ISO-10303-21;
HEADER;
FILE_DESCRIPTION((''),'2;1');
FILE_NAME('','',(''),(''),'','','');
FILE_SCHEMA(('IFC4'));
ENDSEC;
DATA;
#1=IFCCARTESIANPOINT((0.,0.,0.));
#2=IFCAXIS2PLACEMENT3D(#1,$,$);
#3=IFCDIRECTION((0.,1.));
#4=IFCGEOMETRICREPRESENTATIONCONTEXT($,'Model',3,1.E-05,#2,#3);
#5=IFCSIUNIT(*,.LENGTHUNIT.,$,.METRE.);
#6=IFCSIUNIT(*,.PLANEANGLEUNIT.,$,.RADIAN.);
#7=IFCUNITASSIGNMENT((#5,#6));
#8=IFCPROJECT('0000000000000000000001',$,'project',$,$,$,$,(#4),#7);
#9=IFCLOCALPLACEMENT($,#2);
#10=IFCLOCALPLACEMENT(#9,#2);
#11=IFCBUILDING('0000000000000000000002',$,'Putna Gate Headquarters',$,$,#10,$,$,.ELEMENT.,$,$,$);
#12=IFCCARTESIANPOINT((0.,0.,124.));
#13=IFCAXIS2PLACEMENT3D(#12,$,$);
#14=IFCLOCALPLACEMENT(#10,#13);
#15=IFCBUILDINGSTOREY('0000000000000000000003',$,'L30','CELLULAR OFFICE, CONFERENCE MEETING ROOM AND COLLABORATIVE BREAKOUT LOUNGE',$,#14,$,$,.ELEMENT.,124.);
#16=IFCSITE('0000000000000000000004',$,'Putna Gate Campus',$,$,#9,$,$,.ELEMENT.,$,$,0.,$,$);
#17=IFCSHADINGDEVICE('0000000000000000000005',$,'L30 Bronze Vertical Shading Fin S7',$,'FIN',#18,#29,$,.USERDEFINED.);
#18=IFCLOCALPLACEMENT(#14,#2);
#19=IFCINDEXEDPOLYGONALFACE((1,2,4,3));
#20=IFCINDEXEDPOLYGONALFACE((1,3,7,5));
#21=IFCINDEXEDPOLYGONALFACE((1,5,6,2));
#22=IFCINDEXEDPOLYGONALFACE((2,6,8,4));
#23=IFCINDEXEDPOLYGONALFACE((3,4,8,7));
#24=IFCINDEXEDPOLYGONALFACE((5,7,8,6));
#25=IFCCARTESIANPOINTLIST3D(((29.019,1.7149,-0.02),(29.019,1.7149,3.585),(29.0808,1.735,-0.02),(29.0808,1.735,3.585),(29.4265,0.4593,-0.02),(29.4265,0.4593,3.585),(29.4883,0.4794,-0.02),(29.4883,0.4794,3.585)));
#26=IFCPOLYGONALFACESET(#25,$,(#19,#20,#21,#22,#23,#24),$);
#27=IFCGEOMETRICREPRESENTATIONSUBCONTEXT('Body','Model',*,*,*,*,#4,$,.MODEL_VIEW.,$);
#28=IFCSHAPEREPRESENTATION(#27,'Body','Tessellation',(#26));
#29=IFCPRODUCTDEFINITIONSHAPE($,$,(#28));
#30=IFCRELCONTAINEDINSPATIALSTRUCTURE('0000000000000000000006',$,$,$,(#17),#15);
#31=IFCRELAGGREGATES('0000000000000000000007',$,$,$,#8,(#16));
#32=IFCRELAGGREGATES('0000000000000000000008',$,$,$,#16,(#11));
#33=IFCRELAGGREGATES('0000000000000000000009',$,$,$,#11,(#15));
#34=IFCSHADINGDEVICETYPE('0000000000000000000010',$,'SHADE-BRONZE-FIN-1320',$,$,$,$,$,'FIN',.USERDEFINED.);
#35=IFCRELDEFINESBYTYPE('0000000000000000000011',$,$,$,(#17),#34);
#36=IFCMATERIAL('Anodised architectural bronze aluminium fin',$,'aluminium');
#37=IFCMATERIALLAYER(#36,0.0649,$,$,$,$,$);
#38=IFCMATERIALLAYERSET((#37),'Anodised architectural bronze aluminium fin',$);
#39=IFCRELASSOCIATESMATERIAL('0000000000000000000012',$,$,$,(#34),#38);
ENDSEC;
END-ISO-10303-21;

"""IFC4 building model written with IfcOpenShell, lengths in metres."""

from ifc_helpers import new_model, si_unit, direction, frame, origin, origin_2d, place, context, subcontext, project, spatial, rectangle, extrude, material, layer, layer_set, type_object, element, save


model = new_model("IFC4")

# Units and contexts
model_context = context("Model", 3, precision=1e-05, world=origin(), true_north=direction((0.0, 1.0)))
body_context = subcontext(model_context, "Body", "Model", "MODEL_VIEW")
ifc_project = project(units=[si_unit("LENGTHUNIT", "METRE"), si_unit("PLANEANGLEUNIT", "RADIAN")], contexts=[model_context])

# Site, building, storey
site_placement = place(None, origin())
site = spatial("IfcSite", under=ifc_project, at=site_placement, Name="Putna Gate Campus", CompositionType="ELEMENT", RefElevation=0.0)
building_placement = place(site_placement, origin())
building = spatial("IfcBuilding", under=site, at=building_placement, Name="Putna Gate Headquarters", CompositionType="ELEMENT")
storey_placement = place(building_placement, frame((0.0, 0.0, 124.0)))
storey = spatial("IfcBuildingStorey", under=building, at=storey_placement, Name="L30", Description="CELLULAR OFFICE, CONFERENCE MEETING ROOM AND COLLABORATIVE BREAKOUT LOUNGE", CompositionType="ELEMENT", Elevation=124.0)

# Shading device
ifc_material_1 = material(Name="Anodised architectural bronze aluminium fin", Category="aluminium")
ifc_layer_1 = layer(ifc_material_1, 0.0649)
ifc_layer_set_1 = layer_set([ifc_layer_1], Name="Anodised architectural bronze aluminium fin")
shading_device_type = type_object("IfcShadingDeviceType", Name="SHADE-BRONZE-FIN-1320", ElementType="FIN", PredefinedType="USERDEFINED", material=ifc_layer_set_1)
for number, where, z_axis, x_axis, name in (
    (1, (29.2537, 1.0972, -0.02), (0.0, 0.0, 1.0), (0.308685, -0.951164, 0.0), "L30 Bronze Vertical Shading Fin S7"),
):
    element("IfcShadingDevice", number, at=place(storey_placement, frame(where, z_axis=z_axis, x_axis=x_axis)), inside=storey, type_object=shading_device_type, Name=name, ObjectType="FIN", PredefinedType="USERDEFINED", context=body_context, shape_type="SweptSolid", body=[
        extrude(rectangle(XDim=1.3201, YDim=0.0649, at=origin_2d()), origin(), (0.0, 0.0, 1.0), 3.605),
    ])

save(model, "model.ifc")
